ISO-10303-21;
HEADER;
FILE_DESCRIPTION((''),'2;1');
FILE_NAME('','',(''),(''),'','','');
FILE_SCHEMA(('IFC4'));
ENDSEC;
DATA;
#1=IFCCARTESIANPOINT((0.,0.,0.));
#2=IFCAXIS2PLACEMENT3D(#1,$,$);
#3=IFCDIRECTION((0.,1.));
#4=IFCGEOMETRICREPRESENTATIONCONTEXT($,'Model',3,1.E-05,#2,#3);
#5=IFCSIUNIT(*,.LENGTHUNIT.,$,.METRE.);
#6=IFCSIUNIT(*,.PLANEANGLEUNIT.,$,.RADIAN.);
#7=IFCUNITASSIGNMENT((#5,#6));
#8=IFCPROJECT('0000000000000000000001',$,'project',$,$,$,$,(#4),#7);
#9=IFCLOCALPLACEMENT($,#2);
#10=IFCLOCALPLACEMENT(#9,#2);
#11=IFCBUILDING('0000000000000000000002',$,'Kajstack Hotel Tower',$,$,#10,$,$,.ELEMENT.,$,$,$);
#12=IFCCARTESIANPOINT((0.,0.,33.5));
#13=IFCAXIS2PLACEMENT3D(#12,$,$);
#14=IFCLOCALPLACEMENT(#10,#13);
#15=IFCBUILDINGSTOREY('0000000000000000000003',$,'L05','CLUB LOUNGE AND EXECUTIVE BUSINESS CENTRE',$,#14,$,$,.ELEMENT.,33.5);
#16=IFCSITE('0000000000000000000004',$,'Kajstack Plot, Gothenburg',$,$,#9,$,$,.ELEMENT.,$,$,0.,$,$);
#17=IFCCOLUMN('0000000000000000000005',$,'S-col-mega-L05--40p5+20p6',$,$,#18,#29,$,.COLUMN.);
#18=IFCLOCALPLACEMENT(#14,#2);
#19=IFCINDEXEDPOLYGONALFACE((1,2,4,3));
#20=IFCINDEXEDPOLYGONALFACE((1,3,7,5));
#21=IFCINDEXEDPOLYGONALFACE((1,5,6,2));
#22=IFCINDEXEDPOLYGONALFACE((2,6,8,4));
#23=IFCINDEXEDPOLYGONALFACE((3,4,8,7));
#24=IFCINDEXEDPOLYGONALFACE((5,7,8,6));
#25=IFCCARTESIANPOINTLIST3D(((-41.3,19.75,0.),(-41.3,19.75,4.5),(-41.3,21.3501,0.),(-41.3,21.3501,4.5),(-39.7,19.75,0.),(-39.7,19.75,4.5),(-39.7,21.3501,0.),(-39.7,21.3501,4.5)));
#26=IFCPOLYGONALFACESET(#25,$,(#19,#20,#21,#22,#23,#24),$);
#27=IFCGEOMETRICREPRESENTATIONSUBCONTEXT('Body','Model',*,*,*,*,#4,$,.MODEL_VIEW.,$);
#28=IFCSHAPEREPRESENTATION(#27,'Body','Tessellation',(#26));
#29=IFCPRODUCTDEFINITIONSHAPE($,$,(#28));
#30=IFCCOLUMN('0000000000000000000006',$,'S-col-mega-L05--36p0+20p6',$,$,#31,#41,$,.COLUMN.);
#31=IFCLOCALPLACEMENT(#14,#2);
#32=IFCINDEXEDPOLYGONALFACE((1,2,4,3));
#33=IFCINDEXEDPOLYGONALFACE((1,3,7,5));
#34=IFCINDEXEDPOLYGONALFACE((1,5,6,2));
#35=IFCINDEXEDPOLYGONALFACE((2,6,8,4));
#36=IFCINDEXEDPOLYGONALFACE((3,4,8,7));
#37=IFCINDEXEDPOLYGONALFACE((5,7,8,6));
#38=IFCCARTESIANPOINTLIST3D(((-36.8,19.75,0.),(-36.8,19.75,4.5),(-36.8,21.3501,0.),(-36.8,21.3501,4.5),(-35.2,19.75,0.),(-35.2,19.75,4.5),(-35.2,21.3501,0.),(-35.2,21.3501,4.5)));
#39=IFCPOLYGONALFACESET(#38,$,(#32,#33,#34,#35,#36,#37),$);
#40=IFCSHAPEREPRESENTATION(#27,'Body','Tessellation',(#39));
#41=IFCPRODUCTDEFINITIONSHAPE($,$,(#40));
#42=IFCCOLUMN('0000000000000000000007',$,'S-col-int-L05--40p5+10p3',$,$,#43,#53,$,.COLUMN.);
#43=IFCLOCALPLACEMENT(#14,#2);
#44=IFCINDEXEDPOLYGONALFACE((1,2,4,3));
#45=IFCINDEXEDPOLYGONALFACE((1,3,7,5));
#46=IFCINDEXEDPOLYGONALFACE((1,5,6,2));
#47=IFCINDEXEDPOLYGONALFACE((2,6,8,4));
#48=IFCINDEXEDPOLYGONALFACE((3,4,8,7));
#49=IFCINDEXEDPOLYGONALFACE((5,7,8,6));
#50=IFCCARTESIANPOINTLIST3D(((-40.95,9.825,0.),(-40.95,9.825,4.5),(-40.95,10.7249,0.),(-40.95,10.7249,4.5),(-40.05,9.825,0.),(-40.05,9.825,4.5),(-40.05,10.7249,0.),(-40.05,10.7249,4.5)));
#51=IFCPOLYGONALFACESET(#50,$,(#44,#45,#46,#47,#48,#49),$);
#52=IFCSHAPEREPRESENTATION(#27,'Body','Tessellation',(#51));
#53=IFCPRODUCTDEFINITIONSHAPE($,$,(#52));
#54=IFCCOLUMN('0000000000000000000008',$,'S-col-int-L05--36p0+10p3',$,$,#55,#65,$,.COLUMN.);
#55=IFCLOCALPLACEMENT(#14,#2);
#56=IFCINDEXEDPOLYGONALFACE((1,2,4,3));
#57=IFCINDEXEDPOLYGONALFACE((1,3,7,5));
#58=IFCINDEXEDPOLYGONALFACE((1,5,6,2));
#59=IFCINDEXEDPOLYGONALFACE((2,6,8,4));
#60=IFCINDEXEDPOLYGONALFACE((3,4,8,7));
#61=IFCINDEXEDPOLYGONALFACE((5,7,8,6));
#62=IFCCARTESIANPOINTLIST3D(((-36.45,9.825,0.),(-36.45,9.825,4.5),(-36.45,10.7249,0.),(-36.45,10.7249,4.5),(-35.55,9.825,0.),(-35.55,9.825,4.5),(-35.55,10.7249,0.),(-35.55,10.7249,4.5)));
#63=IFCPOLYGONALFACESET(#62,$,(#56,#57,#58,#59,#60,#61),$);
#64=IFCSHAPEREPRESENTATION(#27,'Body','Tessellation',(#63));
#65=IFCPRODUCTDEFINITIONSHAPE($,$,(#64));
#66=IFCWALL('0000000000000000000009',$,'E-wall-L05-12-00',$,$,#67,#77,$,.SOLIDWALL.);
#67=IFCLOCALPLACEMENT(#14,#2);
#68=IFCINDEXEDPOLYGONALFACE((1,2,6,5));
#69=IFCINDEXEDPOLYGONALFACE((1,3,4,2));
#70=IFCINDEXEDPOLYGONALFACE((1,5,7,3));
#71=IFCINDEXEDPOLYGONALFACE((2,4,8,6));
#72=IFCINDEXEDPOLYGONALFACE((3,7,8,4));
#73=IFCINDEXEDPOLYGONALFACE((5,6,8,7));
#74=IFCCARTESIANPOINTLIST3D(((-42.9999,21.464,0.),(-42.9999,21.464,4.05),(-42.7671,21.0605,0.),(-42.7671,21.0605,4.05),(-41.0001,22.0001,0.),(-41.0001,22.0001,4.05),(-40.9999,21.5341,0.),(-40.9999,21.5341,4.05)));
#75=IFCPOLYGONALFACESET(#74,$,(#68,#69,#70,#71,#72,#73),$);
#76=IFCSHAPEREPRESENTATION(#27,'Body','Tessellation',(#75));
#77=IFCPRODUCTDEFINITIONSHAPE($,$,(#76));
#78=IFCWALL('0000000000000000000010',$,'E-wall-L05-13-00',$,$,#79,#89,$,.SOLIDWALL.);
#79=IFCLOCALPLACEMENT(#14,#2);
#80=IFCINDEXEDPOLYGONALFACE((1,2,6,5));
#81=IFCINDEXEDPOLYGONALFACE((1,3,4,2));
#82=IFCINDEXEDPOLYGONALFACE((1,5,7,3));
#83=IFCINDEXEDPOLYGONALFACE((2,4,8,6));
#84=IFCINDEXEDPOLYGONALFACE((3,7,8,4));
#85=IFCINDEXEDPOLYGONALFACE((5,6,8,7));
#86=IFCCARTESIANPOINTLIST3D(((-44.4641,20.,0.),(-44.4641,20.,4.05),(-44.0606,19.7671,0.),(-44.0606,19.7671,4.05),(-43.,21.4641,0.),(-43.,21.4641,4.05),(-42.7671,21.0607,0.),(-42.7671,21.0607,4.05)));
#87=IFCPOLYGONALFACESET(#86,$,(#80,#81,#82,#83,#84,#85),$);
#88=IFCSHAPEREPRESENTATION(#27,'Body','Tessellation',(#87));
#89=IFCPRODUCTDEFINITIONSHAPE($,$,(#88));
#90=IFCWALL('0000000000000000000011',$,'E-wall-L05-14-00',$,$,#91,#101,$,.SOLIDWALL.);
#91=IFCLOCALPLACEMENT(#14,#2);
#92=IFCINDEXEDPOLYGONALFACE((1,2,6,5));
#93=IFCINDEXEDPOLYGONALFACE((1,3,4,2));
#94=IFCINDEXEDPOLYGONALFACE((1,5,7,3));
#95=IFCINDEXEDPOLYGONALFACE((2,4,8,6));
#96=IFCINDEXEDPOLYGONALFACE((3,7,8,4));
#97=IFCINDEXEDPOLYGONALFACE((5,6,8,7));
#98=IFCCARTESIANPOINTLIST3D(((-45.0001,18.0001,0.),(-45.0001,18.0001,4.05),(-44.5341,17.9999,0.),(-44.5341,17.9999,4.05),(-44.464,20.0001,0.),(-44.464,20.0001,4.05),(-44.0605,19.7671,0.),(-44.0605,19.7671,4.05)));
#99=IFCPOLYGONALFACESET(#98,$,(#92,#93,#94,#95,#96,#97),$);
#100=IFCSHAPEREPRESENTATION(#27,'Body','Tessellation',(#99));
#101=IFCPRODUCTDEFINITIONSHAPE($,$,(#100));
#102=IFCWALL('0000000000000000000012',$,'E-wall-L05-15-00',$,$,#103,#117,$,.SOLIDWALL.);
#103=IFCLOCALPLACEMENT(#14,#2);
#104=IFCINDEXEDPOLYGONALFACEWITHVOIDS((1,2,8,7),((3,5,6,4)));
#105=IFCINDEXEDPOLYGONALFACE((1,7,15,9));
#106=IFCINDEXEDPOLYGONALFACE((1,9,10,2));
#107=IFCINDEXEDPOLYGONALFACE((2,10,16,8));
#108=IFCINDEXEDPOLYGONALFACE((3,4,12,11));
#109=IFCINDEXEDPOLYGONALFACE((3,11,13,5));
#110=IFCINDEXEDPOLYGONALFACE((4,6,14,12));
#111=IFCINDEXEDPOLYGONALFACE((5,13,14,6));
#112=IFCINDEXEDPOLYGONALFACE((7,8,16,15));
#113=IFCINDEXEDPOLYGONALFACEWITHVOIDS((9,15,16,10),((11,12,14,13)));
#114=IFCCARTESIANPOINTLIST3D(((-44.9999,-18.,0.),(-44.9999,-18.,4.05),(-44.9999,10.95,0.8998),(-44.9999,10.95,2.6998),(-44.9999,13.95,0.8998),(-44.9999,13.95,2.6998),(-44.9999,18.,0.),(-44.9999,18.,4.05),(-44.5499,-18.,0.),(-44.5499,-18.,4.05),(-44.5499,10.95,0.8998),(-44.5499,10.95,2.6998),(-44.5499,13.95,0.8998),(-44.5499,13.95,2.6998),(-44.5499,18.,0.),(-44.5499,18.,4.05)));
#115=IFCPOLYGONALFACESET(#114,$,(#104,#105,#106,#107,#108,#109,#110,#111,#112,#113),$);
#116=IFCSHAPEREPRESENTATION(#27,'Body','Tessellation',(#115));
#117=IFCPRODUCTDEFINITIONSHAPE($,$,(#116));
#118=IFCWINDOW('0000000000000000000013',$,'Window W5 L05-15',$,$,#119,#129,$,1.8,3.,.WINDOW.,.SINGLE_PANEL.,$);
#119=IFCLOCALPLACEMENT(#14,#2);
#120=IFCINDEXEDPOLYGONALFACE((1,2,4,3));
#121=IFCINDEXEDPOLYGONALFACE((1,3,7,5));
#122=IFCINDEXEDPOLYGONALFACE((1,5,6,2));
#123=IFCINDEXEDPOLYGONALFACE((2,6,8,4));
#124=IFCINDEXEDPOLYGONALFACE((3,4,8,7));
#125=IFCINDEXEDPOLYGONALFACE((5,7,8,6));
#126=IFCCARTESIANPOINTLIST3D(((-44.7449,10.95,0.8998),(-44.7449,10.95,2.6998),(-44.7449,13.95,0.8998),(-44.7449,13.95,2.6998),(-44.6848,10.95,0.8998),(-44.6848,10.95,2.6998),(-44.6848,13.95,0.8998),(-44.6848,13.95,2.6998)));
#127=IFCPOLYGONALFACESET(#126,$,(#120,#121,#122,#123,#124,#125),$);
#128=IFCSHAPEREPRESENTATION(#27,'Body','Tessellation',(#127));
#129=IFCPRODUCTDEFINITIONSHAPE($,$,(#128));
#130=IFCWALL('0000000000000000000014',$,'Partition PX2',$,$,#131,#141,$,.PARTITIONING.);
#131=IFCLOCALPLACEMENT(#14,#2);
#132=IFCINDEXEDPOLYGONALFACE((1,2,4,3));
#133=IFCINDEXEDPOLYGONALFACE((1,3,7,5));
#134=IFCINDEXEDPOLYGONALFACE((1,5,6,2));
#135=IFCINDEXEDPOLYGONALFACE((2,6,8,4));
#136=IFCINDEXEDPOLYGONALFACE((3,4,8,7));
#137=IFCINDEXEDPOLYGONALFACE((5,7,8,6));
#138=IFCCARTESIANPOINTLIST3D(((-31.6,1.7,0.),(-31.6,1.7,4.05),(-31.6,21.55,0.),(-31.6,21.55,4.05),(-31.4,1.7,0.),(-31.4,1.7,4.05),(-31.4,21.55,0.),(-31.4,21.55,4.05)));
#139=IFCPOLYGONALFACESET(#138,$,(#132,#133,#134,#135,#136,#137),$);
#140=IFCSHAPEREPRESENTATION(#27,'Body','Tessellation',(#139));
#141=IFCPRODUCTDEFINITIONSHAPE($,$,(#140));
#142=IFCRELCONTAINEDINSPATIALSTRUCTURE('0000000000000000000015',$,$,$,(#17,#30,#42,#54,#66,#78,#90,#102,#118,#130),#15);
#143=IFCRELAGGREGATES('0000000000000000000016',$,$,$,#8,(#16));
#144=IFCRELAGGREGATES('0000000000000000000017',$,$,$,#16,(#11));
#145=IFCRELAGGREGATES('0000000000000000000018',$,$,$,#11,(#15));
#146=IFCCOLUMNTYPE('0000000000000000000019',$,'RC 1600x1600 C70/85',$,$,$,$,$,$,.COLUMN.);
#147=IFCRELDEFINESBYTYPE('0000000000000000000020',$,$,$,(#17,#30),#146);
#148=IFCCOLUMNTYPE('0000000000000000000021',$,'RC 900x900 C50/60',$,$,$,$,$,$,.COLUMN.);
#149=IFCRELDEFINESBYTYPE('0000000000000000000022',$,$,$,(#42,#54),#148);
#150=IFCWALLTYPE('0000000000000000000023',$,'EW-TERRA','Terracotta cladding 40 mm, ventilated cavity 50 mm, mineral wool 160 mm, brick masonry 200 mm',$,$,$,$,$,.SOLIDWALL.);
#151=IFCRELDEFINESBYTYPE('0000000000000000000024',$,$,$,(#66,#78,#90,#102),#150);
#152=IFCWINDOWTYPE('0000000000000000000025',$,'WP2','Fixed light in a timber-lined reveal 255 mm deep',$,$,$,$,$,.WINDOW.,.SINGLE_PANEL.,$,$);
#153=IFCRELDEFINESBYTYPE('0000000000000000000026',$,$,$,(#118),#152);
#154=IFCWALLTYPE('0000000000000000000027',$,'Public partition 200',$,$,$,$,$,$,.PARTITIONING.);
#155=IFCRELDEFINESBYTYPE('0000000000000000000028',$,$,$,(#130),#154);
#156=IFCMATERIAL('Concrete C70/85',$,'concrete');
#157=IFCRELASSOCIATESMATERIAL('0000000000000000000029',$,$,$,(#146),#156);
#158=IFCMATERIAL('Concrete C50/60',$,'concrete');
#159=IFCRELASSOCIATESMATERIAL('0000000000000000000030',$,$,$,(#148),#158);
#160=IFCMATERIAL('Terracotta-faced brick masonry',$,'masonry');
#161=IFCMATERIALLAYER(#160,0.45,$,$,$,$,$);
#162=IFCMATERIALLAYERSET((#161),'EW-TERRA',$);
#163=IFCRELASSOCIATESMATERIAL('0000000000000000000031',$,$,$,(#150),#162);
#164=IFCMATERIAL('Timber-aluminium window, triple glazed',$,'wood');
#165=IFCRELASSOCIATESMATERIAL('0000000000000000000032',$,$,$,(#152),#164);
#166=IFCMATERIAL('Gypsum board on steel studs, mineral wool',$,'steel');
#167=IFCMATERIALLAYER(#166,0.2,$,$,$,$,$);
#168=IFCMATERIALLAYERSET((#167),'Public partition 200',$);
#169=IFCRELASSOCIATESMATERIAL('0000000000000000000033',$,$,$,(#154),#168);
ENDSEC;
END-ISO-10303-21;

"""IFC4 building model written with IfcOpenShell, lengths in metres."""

from ifc_helpers import new_model, si_unit, direction, frame, frame_2d, origin, origin_2d, place, context, subcontext, project, spatial, polyline, rectangle, outline, extrude, material, layer, layer_set, material_profile, profile_set, type_object, element, fill, save


model = new_model("IFC4")

# Units and contexts
model_context = context("Model", 3, precision=1e-05, world=origin(), true_north=direction((0.0, 1.0)))
body_context = subcontext(model_context, "Body", "Model", "MODEL_VIEW")
ifc_project = project(units=[si_unit("LENGTHUNIT", "METRE"), si_unit("PLANEANGLEUNIT", "RADIAN")], contexts=[model_context])

# Site, building, storey
site_placement = place(None, origin())
site = spatial("IfcSite", under=ifc_project, at=site_placement, Name="Kajstack Plot, Gothenburg", CompositionType="ELEMENT", RefElevation=0.0)
building_placement = place(site_placement, origin())
building = spatial("IfcBuilding", under=site, at=building_placement, Name="Kajstack Hotel Tower", CompositionType="ELEMENT")
storey_placement = place(building_placement, frame((0.0, 0.0, 33.5)))
storey = spatial("IfcBuildingStorey", under=building, at=storey_placement, Name="L05", Description="CLUB LOUNGE AND EXECUTIVE BUSINESS CENTRE", CompositionType="ELEMENT", Elevation=33.5)

# Columns
ifc_material_1 = material(Name="Concrete C70/85", Category="concrete")
ifc_material_profile_1 = material_profile(ifc_material_1, rectangle(XDim=1.6001, YDim=1.6001, at=origin_2d()), Name="RC 1600x1600")
ifc_profile_set_1 = profile_set([ifc_material_profile_1], Name="Concrete C70/85")
column_type_1 = type_object("IfcColumnType", Name="RC 1600x1600 C70/85", PredefinedType="COLUMN", material=ifc_profile_set_1)
for number, where, z_axis, x_axis, name in (
    (1, (-40.5, 20.55, 0.0), (0.0, 0.0, 1.0), (1.0, 0.0, 0.0), "S-col-mega-L05--40p5+20p6"),
    (2, (-36.0, 20.55, 0.0), (0.0, 0.0, 1.0), (1.0, 0.0, 0.0), "S-col-mega-L05--36p0+20p6"),
):
    element("IfcColumn", number, at=place(storey_placement, frame(where, z_axis=z_axis, x_axis=x_axis)), inside=storey, type_object=column_type_1, Name=name, PredefinedType="COLUMN", context=body_context, shape_type="SweptSolid", body=[
        extrude(rectangle(XDim=1.6001, YDim=1.6001, at=origin_2d()), origin(), (0.0, 0.0, 1.0), 4.5),
    ])
ifc_material_2 = material(Name="Concrete C50/60", Category="concrete")
ifc_material_profile_2 = material_profile(ifc_material_2, rectangle(XDim=0.8999, YDim=0.8999, at=origin_2d()), Name="RC 900x900")
ifc_profile_set_2 = profile_set([ifc_material_profile_2], Name="Concrete C50/60")
column_type_2 = type_object("IfcColumnType", Name="RC 900x900 C50/60", PredefinedType="COLUMN", material=ifc_profile_set_2)
for number, where, z_axis, x_axis, name in (
    (3, (-40.5, 10.2749, 0.0), (0.0, 0.0, 1.0), (1.0, 0.0, 0.0), "S-col-int-L05--40p5+10p3"),
    (4, (-36.0, 10.2749, 0.0), (0.0, 0.0, 1.0), (1.0, 0.0, 0.0), "S-col-int-L05--36p0+10p3"),
):
    element("IfcColumn", number, at=place(storey_placement, frame(where, z_axis=z_axis, x_axis=x_axis)), inside=storey, type_object=column_type_2, Name=name, PredefinedType="COLUMN", context=body_context, shape_type="SweptSolid", body=[
        extrude(rectangle(XDim=0.8999, YDim=0.8999, at=origin_2d()), origin(), (0.0, 0.0, 1.0), 4.5),
    ])

# Walls
ifc_material_3 = material(Name="Terracotta-faced brick masonry", Category="masonry")
ifc_layer_1 = layer(ifc_material_3, 0.45)
ifc_layer_set_1 = layer_set([ifc_layer_1], Name="EW-TERRA")
wall_type_1 = type_object("IfcWallType", Name="EW-TERRA", Description="Terracotta cladding 40 mm, ventilated cavity 50 mm, mineral wool 160 mm, brick masonry 200 mm", PredefinedType="SOLIDWALL", material=ifc_layer_set_1)
wall_1_placement = place(storey_placement, frame((-40.9417, 21.7827, 0.0), z_axis=(0.0, 0.0, 1.0), x_axis=(-0.965927, -0.258815, 0.0)))
element("IfcWall", 5, at=wall_1_placement, inside=storey, type_object=wall_type_1, Name="E-wall-L05-12-00", PredefinedType="SOLIDWALL", context=body_context, shape_type="SweptSolid", body=[
    extrude(outline(polyline([(0.0002, -0.2251), (2.0706, -0.2249), (1.9502, 0.2251), (0.1206, 0.2251), (0.0002, -0.2251)])), origin(), (0.0, 0.0, 1.0), 4.05),
])
wall_2_placement = place(storey_placement, frame((-42.8408, 21.3049, 0.0), z_axis=(0.0, 0.0, 1.0), x_axis=(-0.707107, -0.707107, 0.0)))
element("IfcWall", 6, at=wall_2_placement, inside=storey, type_object=wall_type_1, Name="E-wall-L05-13-00", PredefinedType="SOLIDWALL", context=body_context, shape_type="SweptSolid", body=[
    extrude(outline(polyline([(0.0, -0.2251), (2.0706, -0.2251), (1.95, 0.2249), (0.1206, 0.2249), (0.0, -0.2251)])), origin(), (0.0, 0.0, 1.0), 4.05),
])
wall_3_placement = place(storey_placement, frame((-44.2468, 19.9417, 0.0), z_axis=(0.0, 0.0, 1.0), x_axis=(-0.258815, -0.965927, 0.0)))
element("IfcWall", 7, at=wall_3_placement, inside=storey, type_object=wall_type_1, Name="E-wall-L05-14-00", PredefinedType="SOLIDWALL", context=body_context, shape_type="SweptSolid", body=[
    extrude(outline(polyline([(-0.0002, -0.2249), (2.0703, -0.2251), (1.95, 0.2251), (0.1204, 0.2251), (-0.0002, -0.2249)])), origin(), (0.0, 0.0, 1.0), 4.05),
])

# Wall, opening, window
wall_4_placement = place(storey_placement, frame((-44.7749, 18.0, 0.0), z_axis=(0.0, 0.0, 1.0), x_axis=(0.0, -1.0, 0.0)))
wall_4 = element("IfcWall", 8, at=wall_4_placement, inside=storey, type_object=wall_type_1, Name="E-wall-L05-15-00", PredefinedType="SOLIDWALL", context=body_context, shape_type="SweptSolid", body=[
    extrude(rectangle(XDim=36.0, YDim=0.45, at=frame_2d((18.0, 0.0))), origin(), (0.0, 0.0, 1.0), 4.05),
])
opening_1_placement = place(wall_4_placement, frame((4.05, 0.0, 0.8999)))
opening_1 = element("IfcOpeningElement", 9, at=opening_1_placement, cuts=wall_4, PredefinedType="OPENING", context=body_context, shape_type="SweptSolid", body=[
    extrude(rectangle(XDim=3.0, YDim=1.8, at=frame_2d((1.5, 0.8999))), frame((0.0, 0.2349, 0.0), z_axis=(0.0, -1.0, 0.0), x_axis=(1.0, 0.0, 0.0)), (0.0, 0.0, 1.0), 0.47),
])
ifc_material_4 = material(Name="Timber-aluminium window, triple glazed", Category="wood")
window_type = type_object("IfcWindowType", Name="WP2", Description="Fixed light in a timber-lined reveal 255 mm deep", PartitioningType="SINGLE_PANEL", PredefinedType="WINDOW", material=ifc_material_4)
window_placement = place(opening_1_placement, origin())
window = element("IfcWindow", 10, at=window_placement, inside=storey, type_object=window_type, Name="Window W5 L05-15", OverallHeight=1.8, OverallWidth=3.0, PartitioningType="SINGLE_PANEL", PredefinedType="WINDOW", context=body_context, shape_type="SweptSolid", body=[
    extrude(rectangle(XDim=3.0, YDim=1.8, at=frame_2d((1.5, 0.8999))), frame((0.0, 0.0901, 0.0), z_axis=(0.0, -1.0, 0.0), x_axis=(1.0, 0.0, 0.0)), (0.0, 0.0, 1.0), 0.0601),
])
fill(opening_1, window)

# Wall
ifc_material_5 = material(Name="Gypsum board on steel studs, mineral wool", Category="steel")
ifc_layer_2 = layer(ifc_material_5, 0.2)
ifc_layer_set_2 = layer_set([ifc_layer_2], Name="Public partition 200")
wall_type_2 = type_object("IfcWallType", Name="Public partition 200", PredefinedType="PARTITIONING", material=ifc_layer_set_2)
wall_5_placement = place(storey_placement, frame((-31.5, 1.7, 0.0), z_axis=(0.0, 0.0, 1.0), x_axis=(0.0, 1.0, 0.0)))
element("IfcWall", 11, at=wall_5_placement, inside=storey, type_object=wall_type_2, Name="Partition PX2", PredefinedType="PARTITIONING", context=body_context, shape_type="SweptSolid", body=[
    extrude(rectangle(XDim=19.8501, YDim=0.2, at=frame_2d((9.925, 0.0))), origin(), (0.0, 0.0, 1.0), 4.05),
])

save(model, "model.ifc")
